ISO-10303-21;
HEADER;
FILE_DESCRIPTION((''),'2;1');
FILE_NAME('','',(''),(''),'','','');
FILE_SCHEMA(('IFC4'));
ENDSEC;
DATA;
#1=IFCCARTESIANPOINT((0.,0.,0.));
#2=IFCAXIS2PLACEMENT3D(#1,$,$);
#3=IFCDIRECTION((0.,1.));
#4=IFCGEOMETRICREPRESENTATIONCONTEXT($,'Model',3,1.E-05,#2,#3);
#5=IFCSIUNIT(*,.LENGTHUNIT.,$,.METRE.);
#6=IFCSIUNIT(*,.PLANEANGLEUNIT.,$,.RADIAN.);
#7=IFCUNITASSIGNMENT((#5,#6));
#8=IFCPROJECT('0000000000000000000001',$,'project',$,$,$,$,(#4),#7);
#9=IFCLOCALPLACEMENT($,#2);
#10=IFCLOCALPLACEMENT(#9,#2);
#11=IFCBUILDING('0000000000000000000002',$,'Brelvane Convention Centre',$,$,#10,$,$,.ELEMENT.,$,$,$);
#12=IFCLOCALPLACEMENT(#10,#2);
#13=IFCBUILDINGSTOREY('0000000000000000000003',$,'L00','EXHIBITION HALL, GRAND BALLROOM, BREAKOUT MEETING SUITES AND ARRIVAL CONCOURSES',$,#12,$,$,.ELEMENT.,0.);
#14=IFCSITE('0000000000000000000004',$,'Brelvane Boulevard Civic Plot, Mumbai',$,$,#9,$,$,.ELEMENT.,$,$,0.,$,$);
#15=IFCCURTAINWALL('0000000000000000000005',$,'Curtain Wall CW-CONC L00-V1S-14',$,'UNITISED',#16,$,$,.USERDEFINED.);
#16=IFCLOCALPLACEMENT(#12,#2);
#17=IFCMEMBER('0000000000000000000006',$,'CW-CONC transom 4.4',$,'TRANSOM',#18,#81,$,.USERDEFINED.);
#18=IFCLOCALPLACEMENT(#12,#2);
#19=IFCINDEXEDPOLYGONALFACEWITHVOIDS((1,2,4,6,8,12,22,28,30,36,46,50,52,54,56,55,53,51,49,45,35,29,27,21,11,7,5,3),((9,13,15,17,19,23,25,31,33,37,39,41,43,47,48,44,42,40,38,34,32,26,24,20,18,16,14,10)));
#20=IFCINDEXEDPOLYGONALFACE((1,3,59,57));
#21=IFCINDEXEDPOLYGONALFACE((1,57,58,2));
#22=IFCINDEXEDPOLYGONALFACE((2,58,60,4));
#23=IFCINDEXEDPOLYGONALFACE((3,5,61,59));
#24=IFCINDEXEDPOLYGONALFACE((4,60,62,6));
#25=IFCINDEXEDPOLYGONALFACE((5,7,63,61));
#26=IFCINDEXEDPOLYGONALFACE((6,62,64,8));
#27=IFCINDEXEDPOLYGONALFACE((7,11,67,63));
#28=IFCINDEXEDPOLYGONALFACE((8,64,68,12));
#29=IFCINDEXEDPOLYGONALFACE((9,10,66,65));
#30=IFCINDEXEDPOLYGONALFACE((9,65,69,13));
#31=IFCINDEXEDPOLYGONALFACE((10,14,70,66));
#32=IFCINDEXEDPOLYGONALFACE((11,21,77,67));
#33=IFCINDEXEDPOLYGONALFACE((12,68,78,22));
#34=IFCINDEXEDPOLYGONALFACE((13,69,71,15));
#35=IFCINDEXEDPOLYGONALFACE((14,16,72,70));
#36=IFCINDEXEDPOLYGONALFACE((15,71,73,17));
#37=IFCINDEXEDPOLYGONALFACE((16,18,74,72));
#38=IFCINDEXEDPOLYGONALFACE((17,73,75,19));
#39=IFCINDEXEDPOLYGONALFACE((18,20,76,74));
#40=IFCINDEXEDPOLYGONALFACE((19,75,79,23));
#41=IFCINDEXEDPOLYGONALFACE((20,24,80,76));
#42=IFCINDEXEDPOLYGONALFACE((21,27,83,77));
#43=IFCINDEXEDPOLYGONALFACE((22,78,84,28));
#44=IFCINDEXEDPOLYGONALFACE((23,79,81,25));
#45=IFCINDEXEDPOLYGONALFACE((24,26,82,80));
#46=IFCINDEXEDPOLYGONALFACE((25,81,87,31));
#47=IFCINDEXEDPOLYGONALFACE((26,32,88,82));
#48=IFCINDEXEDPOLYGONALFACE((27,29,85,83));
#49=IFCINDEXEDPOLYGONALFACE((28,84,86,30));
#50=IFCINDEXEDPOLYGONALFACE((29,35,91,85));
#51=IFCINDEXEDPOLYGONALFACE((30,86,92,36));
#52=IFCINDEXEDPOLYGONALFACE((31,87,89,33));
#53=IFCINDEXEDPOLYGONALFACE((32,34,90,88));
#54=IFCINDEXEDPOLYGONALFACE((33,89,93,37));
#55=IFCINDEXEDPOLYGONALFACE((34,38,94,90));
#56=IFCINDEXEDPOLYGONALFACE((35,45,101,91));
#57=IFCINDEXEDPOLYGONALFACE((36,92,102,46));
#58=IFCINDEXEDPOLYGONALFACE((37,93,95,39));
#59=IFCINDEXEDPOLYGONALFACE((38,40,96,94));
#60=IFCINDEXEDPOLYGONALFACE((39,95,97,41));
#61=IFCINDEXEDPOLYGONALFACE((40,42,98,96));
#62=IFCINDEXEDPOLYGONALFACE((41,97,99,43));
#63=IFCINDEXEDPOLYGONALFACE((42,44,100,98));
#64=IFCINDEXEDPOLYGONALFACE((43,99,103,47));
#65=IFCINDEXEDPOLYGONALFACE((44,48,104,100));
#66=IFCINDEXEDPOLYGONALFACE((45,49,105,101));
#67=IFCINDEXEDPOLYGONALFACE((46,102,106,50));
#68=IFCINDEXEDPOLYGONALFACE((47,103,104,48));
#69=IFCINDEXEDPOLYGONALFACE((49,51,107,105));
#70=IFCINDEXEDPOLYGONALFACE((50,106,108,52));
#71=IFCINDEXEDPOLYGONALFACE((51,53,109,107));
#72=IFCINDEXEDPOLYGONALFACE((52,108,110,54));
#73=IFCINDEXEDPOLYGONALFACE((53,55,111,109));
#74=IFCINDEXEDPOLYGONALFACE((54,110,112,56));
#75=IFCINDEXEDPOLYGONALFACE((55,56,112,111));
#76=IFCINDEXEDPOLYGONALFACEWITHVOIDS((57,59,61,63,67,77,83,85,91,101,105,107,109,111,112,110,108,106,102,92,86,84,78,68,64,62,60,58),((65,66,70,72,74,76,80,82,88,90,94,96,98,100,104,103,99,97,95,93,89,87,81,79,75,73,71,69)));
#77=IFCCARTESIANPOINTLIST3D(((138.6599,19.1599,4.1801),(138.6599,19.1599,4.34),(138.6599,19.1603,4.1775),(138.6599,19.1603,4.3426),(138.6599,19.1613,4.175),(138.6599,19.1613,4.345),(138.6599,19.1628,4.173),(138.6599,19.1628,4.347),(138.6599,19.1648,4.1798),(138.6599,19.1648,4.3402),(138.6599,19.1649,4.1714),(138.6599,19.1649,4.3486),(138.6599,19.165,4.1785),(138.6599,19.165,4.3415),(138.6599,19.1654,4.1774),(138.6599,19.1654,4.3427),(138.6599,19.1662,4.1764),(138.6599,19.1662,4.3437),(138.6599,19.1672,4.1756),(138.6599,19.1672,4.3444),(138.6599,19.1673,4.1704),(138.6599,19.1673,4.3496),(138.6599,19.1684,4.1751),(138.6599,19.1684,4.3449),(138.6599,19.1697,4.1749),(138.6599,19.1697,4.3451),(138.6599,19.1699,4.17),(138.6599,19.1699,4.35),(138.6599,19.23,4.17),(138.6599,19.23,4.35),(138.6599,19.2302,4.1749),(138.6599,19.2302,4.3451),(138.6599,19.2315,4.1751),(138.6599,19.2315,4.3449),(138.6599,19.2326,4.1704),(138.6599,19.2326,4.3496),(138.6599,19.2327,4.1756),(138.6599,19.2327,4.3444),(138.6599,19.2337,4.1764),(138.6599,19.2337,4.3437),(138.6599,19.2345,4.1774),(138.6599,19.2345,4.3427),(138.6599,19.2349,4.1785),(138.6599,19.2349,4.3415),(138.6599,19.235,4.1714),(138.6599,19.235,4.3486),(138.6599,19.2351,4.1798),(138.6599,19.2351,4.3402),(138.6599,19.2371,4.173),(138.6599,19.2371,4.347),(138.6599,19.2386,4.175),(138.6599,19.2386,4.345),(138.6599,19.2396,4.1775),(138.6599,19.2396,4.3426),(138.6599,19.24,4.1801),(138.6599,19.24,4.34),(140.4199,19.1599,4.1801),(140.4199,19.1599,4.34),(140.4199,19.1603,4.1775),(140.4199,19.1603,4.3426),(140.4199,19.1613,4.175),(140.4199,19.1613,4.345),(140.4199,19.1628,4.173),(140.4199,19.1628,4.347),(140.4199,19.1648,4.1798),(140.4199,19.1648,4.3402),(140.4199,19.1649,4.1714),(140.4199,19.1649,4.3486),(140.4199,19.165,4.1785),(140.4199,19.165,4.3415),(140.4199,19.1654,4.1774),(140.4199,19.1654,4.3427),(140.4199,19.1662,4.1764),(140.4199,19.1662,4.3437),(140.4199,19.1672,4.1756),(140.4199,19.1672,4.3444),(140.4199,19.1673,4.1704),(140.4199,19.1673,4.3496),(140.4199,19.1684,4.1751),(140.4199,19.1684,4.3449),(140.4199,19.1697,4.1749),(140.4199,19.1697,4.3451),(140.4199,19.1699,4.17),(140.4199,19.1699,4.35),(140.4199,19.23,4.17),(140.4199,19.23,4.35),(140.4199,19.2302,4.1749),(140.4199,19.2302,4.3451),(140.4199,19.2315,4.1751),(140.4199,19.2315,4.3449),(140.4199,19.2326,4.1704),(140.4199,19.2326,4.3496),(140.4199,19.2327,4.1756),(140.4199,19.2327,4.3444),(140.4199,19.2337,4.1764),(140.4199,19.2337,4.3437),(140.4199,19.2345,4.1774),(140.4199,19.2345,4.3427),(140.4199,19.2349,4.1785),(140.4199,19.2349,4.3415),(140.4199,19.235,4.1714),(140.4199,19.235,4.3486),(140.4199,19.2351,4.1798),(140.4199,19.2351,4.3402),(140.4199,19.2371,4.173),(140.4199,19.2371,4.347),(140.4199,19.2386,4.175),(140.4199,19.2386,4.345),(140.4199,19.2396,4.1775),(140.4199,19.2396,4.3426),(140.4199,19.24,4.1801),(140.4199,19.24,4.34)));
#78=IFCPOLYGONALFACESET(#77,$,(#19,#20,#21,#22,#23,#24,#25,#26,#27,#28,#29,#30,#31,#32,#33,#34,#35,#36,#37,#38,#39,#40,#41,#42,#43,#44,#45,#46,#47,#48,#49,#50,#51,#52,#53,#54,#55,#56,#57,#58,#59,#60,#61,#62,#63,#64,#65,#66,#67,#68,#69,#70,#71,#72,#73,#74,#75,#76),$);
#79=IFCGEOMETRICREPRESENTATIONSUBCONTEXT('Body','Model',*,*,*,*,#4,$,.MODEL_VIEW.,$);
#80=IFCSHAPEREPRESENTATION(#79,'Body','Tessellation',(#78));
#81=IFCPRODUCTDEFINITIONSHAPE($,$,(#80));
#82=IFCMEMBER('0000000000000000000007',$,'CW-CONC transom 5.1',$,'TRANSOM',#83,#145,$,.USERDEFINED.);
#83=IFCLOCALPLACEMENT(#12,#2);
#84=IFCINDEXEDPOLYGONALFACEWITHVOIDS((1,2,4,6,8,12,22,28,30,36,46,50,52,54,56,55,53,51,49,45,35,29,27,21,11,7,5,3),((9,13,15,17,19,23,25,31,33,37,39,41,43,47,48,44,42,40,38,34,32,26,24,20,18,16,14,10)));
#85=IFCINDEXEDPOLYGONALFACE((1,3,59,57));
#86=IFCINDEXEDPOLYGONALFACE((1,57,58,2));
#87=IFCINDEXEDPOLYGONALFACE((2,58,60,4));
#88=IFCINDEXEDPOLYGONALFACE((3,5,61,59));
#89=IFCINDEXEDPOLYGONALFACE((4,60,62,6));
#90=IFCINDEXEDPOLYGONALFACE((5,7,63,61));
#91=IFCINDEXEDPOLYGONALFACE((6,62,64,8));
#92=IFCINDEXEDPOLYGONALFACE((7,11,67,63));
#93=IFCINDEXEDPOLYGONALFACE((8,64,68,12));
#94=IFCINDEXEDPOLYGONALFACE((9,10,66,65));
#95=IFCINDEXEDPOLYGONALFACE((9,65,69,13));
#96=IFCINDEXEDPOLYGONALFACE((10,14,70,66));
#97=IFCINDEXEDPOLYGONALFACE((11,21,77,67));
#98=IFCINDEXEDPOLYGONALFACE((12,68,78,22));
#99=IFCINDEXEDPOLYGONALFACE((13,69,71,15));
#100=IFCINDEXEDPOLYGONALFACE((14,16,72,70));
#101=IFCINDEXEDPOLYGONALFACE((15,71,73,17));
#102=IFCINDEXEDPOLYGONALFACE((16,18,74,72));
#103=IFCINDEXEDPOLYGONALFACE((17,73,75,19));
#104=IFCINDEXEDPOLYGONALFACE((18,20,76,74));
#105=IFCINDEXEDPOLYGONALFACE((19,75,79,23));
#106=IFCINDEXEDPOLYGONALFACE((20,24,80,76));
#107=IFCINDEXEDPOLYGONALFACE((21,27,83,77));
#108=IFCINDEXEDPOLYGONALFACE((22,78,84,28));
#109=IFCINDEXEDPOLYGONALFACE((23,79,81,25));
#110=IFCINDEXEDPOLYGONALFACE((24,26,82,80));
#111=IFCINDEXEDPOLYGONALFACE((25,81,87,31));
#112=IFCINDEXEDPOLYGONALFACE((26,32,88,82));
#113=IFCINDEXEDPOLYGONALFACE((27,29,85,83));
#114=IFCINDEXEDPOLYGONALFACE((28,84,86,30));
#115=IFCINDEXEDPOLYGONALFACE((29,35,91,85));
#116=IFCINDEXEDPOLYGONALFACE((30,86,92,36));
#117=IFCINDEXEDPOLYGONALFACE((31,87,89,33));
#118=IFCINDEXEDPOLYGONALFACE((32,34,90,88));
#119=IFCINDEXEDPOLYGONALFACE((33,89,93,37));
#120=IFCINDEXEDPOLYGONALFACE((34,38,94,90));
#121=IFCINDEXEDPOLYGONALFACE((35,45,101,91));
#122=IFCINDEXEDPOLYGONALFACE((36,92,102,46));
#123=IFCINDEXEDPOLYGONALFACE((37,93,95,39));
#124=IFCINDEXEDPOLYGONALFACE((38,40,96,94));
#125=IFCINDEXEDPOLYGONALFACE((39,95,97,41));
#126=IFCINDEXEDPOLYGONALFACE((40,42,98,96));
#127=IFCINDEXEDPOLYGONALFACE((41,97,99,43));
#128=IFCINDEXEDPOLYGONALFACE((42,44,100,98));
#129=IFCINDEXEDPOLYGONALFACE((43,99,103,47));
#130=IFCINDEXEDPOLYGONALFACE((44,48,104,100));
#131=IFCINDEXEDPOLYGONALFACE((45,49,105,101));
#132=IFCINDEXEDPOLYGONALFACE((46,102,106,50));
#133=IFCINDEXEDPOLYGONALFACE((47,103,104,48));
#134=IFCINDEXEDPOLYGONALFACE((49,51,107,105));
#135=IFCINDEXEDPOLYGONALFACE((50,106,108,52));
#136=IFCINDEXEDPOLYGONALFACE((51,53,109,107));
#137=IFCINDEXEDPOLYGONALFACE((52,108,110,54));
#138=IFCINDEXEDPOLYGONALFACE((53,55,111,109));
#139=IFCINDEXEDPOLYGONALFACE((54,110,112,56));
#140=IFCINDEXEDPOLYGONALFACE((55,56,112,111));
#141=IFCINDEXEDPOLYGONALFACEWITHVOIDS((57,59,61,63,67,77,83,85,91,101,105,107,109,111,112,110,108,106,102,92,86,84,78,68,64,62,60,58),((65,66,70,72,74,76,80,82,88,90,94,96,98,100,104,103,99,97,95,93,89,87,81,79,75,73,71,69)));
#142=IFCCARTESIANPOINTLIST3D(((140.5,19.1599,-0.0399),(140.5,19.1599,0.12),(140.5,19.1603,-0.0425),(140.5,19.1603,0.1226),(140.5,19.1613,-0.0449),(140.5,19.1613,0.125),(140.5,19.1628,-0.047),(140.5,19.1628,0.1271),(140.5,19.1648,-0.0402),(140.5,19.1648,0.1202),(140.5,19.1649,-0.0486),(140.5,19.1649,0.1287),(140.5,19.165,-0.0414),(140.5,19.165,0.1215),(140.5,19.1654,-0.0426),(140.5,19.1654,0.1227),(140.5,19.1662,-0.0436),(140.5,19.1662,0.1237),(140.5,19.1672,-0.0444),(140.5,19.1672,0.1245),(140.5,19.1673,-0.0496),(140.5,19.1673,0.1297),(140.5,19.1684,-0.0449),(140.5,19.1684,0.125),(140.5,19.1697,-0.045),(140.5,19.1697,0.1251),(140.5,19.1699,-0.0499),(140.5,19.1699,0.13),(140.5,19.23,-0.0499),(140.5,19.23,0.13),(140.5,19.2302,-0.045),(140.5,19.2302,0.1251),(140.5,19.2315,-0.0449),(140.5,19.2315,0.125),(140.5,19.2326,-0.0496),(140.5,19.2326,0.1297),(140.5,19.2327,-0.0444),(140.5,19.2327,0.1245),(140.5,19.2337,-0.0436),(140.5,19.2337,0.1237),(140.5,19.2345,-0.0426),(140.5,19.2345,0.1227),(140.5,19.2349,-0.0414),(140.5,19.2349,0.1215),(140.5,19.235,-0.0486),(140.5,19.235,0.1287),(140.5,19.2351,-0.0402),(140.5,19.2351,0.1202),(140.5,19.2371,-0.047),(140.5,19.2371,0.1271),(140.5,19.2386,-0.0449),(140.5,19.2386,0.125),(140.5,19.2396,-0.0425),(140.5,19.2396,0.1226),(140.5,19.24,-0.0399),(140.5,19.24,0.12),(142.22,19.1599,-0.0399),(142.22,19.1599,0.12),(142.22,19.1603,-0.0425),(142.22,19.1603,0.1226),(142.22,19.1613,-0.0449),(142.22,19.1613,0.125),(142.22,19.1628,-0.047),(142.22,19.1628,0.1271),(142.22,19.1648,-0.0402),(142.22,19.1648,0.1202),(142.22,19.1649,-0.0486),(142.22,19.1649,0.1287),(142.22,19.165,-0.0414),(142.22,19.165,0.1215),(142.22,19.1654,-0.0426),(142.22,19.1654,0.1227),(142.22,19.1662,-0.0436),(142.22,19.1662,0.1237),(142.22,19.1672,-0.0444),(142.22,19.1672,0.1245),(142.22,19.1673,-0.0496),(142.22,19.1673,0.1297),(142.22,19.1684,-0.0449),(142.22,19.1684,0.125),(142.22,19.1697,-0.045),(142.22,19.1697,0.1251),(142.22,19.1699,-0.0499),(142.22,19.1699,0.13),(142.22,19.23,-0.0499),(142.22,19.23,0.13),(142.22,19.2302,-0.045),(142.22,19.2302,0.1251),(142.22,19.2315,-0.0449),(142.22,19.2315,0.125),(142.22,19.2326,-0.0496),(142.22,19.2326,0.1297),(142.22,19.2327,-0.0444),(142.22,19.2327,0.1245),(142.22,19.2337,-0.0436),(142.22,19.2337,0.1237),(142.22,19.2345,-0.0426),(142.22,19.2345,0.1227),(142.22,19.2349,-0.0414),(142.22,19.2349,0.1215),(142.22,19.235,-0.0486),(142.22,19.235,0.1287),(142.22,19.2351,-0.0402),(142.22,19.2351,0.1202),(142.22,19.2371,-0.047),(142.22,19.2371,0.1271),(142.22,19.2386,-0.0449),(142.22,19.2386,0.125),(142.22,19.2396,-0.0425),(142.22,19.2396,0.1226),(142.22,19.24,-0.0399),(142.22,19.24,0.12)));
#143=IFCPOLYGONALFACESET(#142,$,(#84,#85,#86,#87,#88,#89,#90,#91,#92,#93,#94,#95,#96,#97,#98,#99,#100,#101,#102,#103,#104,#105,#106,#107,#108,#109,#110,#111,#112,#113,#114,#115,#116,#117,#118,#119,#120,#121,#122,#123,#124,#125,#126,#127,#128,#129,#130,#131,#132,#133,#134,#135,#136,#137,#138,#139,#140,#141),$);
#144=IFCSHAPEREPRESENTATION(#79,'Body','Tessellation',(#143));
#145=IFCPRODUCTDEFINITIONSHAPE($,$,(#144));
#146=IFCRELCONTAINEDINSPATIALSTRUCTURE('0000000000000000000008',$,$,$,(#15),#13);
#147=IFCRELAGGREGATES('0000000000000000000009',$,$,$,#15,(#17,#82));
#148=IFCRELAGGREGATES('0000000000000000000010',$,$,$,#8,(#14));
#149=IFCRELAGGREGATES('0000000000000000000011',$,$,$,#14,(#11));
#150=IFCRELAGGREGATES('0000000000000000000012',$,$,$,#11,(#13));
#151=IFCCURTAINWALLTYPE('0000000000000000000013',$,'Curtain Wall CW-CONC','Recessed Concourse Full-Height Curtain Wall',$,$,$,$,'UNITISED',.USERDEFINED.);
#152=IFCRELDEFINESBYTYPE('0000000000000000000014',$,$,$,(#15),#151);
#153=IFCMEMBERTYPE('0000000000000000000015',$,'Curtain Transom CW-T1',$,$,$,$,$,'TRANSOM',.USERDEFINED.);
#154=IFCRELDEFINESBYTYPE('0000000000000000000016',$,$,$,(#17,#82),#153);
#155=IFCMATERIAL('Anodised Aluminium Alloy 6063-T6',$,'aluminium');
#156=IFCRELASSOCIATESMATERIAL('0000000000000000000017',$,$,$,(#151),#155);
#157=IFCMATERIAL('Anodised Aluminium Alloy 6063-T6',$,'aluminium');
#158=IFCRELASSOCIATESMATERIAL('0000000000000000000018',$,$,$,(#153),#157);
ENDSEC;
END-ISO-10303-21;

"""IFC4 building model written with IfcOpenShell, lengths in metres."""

from ifc_helpers import new_model, si_unit, direction, frame, origin, origin_2d, place, context, subcontext, project, spatial, hollow_rectangle, extrude, material, material_profile, profile_set, type_object, element, aggregate, save


model = new_model("IFC4")

# Units and contexts
model_context = context("Model", 3, precision=1e-05, world=origin(), true_north=direction((0.0, 1.0)))
body_context = subcontext(model_context, "Body", "Model", "MODEL_VIEW")
ifc_project = project(units=[si_unit("LENGTHUNIT", "METRE"), si_unit("PLANEANGLEUNIT", "RADIAN")], contexts=[model_context])

# Site, building, storey
site_placement = place(None, origin())
site = spatial("IfcSite", under=ifc_project, at=site_placement, Name="Brelvane Boulevard Civic Plot, Mumbai", CompositionType="ELEMENT", RefElevation=0.0)
building_placement = place(site_placement, origin())
building = spatial("IfcBuilding", under=site, at=building_placement, Name="Brelvane Convention Centre", CompositionType="ELEMENT")
storey_placement = place(building_placement, origin())
storey = spatial("IfcBuildingStorey", under=building, at=storey_placement, Name="L00", Description="EXHIBITION HALL, GRAND BALLROOM, BREAKOUT MEETING SUITES AND ARRIVAL CONCOURSES", CompositionType="ELEMENT", Elevation=0.0)

# Curtain wall, members
ifc_material_1 = material(Name="Anodised Aluminium Alloy 6063-T6", Category="aluminium")
curtain_wall_type = type_object("IfcCurtainWallType", Name="Curtain Wall CW-CONC", Description="Recessed Concourse Full-Height Curtain Wall", ElementType="UNITISED", PredefinedType="USERDEFINED", material=ifc_material_1)
curtain_wall_placement = place(storey_placement, origin())
curtain_wall = element("IfcCurtainWall", 1, at=curtain_wall_placement, inside=storey, type_object=curtain_wall_type, Name="Curtain Wall CW-CONC L00-V1S-14", ObjectType="UNITISED", PredefinedType="USERDEFINED")
ifc_material_2 = material(Name="Anodised Aluminium Alloy 6063-T6", Category="aluminium")
ifc_material_profile_1 = material_profile(ifc_material_2, hollow_rectangle(XDim=0.0801, YDim=0.1799, WallThickness=0.0049, InnerFilletRadius=0.0049, OuterFilletRadius=0.01, at=origin_2d()), Name="ALU-T 180x80x5.0")
ifc_profile_set_1 = profile_set([ifc_material_profile_1], Name="Anodised Aluminium Alloy 6063-T6")
member_type_1 = type_object("IfcMemberType", Name="Curtain Transom CW-T1", ElementType="TRANSOM", PredefinedType="USERDEFINED", material=ifc_profile_set_1)
member_1_placement = place(storey_placement, frame((138.6599, 19.2, 4.26), z_axis=(1.0, 0.0, 0.0), x_axis=(0.0, 1.0, 0.0)))
member_1 = element("IfcMember", 2, at=member_1_placement, type_object=member_type_1, Name="CW-CONC transom 4.4", ObjectType="TRANSOM", PredefinedType="USERDEFINED", context=body_context, shape_type="SweptSolid", body=[
    extrude(hollow_rectangle(XDim=0.0801, YDim=0.1799, WallThickness=0.0049, InnerFilletRadius=0.0049, OuterFilletRadius=0.01, at=origin_2d()), origin(), (0.0, 0.0, 1.0), 1.76),
])
member_2_placement = place(storey_placement, frame((140.5, 19.2, 0.04), z_axis=(1.0, 0.0, 0.0), x_axis=(0.0, 1.0, 0.0)))
member_2 = element("IfcMember", 3, at=member_2_placement, type_object=member_type_1, Name="CW-CONC transom 5.1", ObjectType="TRANSOM", PredefinedType="USERDEFINED", context=body_context, shape_type="SweptSolid", body=[
    extrude(hollow_rectangle(XDim=0.0801, YDim=0.1799, WallThickness=0.0049, InnerFilletRadius=0.0049, OuterFilletRadius=0.01, at=origin_2d()), origin(), (0.0, 0.0, 1.0), 1.72),
])
aggregate(curtain_wall, [member_1, member_2])

save(model, "model.ifc")
